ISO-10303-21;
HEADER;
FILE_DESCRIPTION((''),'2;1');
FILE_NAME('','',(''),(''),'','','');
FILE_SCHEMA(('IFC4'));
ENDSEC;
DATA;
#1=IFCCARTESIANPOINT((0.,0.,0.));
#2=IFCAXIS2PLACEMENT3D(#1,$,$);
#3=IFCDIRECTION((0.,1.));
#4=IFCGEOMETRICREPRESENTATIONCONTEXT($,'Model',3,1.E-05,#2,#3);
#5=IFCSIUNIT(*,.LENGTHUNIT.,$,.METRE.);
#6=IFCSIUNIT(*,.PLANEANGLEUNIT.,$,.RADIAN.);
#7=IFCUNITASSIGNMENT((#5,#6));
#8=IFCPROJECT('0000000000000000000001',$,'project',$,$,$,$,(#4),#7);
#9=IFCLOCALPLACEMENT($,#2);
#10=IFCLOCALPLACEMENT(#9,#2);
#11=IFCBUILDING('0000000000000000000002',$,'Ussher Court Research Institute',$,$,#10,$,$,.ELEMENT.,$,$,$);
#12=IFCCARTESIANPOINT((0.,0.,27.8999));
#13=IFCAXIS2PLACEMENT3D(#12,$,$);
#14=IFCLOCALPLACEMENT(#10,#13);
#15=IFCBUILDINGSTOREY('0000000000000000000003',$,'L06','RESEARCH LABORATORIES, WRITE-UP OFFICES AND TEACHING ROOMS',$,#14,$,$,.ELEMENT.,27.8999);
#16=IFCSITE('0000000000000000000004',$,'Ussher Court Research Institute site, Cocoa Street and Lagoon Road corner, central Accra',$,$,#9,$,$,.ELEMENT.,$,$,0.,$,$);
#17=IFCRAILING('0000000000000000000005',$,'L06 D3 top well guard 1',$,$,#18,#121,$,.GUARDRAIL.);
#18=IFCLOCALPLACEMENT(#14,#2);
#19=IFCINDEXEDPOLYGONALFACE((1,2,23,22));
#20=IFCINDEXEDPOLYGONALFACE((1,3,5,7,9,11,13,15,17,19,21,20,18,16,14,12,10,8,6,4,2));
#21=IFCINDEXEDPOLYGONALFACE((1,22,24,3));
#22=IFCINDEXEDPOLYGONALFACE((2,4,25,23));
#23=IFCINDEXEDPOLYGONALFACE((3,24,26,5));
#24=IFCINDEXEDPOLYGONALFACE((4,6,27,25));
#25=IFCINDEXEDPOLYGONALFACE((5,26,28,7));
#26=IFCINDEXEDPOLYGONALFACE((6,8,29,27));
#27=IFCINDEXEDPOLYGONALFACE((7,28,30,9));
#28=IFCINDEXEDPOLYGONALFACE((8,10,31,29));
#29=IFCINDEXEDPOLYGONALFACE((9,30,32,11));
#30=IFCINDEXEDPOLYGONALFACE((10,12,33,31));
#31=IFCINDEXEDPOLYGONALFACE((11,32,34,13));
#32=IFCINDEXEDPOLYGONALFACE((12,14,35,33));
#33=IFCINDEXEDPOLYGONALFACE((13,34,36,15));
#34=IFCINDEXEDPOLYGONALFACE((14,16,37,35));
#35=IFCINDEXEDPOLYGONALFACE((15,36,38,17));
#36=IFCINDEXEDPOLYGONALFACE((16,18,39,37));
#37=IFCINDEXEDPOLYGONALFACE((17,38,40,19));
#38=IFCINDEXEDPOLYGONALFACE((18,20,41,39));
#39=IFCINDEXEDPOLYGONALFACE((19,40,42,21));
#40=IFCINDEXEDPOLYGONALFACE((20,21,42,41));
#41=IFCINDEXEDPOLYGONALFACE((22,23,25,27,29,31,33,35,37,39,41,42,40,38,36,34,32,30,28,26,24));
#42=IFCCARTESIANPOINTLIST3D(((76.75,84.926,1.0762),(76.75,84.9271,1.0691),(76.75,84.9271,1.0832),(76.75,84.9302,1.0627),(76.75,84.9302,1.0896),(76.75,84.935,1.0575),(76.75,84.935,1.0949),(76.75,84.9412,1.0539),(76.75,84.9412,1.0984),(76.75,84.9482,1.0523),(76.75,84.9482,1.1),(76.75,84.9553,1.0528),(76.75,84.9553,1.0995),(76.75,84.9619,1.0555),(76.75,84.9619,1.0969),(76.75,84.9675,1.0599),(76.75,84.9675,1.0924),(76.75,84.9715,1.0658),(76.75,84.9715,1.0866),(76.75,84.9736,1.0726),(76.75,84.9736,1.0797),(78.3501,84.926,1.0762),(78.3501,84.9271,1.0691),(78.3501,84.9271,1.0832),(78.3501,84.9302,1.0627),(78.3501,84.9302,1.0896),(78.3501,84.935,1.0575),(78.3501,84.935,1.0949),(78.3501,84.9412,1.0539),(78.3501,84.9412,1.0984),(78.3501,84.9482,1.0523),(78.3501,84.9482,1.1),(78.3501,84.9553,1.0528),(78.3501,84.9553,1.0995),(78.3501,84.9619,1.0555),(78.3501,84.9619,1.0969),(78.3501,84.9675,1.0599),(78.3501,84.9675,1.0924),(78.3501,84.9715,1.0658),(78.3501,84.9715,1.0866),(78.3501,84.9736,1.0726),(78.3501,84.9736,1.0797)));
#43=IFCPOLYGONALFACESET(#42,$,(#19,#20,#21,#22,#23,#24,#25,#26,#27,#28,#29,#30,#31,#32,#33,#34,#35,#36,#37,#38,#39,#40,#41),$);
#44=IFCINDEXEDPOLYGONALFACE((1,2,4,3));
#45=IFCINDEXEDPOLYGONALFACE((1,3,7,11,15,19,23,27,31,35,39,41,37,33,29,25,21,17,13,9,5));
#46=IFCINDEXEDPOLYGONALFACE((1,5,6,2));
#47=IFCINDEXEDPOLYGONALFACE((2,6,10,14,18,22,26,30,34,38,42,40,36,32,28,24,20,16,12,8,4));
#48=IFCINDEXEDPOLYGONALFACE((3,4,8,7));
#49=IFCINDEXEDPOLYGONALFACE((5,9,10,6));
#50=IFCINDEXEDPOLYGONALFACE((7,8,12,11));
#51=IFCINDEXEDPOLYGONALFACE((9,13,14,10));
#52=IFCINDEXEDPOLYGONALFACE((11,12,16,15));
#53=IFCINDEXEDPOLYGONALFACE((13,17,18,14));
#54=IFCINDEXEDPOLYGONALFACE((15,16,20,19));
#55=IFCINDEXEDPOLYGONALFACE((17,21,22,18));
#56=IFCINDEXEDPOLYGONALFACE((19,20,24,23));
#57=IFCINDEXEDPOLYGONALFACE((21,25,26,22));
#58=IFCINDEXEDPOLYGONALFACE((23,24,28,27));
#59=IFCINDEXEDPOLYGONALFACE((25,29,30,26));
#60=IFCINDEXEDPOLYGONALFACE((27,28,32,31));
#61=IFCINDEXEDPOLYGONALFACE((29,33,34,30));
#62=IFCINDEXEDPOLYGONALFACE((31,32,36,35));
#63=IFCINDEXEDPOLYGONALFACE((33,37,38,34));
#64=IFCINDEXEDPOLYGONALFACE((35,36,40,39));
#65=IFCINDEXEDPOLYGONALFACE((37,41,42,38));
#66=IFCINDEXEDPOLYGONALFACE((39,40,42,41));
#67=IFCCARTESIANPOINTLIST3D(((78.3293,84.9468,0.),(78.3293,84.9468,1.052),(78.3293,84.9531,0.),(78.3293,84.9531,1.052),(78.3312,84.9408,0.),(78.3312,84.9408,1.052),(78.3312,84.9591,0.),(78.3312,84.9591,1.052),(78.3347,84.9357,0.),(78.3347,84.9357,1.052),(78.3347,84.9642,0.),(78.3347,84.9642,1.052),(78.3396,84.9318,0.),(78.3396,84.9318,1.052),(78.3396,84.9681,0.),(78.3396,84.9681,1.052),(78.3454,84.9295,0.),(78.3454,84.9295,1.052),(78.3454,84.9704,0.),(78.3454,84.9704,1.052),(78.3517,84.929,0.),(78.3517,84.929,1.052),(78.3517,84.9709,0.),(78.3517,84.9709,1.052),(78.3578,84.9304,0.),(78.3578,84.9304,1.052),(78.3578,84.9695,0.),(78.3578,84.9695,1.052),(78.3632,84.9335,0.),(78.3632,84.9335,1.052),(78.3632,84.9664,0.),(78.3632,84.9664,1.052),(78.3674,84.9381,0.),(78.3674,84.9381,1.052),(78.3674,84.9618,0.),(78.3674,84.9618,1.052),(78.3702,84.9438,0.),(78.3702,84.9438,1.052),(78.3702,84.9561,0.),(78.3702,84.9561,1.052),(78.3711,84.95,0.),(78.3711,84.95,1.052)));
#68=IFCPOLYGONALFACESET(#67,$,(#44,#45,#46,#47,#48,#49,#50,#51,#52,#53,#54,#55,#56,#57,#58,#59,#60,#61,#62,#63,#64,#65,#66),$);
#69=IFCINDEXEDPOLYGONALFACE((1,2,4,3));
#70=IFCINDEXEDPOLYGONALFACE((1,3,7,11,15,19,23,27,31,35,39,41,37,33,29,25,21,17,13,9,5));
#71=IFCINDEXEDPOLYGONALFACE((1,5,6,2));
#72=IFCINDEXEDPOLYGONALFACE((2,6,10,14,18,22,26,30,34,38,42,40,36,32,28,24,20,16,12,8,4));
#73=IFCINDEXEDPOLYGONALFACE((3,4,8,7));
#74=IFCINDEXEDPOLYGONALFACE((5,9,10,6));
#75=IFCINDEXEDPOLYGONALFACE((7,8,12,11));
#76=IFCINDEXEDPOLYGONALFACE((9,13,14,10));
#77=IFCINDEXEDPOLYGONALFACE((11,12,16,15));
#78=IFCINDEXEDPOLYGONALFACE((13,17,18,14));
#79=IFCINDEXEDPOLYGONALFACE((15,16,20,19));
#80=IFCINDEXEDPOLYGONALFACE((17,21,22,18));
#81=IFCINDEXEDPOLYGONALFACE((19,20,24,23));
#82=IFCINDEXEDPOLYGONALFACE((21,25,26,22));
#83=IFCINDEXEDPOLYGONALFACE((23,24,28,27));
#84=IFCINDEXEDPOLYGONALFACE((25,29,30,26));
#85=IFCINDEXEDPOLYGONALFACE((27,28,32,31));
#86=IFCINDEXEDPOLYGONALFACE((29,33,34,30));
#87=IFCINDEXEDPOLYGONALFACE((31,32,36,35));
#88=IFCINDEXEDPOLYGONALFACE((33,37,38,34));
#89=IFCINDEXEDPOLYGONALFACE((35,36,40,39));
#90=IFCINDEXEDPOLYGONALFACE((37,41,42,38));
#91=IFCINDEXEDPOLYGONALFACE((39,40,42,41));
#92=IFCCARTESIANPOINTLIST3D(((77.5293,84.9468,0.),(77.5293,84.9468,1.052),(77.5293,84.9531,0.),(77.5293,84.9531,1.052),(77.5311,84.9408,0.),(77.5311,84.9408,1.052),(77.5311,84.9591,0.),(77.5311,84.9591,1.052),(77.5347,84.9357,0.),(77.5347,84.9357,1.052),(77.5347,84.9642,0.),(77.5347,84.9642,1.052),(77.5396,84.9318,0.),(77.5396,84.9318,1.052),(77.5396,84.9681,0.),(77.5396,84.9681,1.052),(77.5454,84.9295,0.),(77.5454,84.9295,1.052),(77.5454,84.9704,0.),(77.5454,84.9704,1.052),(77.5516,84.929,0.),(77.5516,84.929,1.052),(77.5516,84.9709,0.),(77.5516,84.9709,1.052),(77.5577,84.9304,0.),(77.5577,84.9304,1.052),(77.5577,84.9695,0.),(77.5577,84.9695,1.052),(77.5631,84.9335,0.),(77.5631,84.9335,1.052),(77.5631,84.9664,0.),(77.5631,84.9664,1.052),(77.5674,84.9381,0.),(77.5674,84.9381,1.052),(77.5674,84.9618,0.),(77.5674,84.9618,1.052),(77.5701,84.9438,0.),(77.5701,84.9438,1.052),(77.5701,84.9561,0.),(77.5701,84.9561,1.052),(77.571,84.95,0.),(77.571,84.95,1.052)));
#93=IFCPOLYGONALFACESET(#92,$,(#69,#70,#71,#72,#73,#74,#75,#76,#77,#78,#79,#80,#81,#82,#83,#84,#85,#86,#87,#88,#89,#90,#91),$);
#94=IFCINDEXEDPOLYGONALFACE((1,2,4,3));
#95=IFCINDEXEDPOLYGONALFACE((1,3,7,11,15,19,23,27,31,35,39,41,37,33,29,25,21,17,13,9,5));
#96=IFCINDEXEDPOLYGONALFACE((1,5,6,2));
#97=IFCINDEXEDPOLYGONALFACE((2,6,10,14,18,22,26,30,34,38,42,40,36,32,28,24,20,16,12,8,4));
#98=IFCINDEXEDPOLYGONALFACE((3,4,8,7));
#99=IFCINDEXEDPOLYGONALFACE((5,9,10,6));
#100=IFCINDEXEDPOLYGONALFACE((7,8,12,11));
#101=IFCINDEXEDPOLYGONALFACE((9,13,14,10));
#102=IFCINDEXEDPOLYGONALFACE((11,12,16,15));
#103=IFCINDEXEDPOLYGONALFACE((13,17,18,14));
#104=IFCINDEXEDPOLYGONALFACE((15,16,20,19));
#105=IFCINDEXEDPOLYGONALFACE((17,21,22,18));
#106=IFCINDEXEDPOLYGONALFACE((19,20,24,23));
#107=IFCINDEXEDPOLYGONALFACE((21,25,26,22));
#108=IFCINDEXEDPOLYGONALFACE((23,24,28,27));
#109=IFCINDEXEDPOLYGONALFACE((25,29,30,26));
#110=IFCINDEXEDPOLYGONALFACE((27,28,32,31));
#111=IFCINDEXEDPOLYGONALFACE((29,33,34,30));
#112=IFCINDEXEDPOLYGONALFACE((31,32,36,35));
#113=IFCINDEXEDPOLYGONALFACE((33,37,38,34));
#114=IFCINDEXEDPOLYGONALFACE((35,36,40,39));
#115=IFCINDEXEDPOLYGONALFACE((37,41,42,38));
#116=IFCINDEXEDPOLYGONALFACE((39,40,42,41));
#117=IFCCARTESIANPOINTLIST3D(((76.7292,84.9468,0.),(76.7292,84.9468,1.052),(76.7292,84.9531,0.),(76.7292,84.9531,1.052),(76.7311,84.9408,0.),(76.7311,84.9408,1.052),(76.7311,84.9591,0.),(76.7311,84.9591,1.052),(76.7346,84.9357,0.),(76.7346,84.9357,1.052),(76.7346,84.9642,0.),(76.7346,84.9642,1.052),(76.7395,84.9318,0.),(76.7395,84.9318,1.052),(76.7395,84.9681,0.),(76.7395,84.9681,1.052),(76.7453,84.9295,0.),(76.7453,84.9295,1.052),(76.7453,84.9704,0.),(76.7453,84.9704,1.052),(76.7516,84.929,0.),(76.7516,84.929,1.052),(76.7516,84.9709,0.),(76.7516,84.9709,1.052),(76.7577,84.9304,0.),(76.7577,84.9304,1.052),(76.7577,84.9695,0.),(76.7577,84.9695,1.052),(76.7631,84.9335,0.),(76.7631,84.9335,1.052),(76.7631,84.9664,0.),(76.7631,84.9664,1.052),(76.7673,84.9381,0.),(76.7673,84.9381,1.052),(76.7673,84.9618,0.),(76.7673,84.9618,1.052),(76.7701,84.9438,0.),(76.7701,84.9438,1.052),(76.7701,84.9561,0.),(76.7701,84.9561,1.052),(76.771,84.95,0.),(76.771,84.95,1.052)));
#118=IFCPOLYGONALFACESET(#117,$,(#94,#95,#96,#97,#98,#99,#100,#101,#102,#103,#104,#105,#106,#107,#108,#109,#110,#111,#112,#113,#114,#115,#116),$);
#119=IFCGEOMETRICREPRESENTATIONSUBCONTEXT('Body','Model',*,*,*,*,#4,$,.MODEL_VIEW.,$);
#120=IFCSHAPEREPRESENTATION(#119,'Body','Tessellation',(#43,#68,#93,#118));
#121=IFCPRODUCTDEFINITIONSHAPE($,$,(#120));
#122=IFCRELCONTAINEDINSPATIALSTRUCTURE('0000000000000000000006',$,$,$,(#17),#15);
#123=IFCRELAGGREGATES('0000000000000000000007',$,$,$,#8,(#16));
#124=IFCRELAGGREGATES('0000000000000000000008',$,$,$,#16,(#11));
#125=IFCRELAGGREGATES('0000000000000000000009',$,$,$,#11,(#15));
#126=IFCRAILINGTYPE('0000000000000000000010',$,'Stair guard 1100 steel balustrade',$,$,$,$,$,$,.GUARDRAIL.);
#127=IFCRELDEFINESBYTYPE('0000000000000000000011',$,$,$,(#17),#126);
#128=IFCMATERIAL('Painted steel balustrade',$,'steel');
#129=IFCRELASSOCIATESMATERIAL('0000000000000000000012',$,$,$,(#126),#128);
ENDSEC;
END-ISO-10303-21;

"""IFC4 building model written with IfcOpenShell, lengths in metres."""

from ifc_helpers import new_model, si_unit, direction, frame, origin, origin_2d, place, context, subcontext, project, spatial, circle, extrude, material, type_object, element, save


model = new_model("IFC4")

# Units and contexts
model_context = context("Model", 3, precision=1e-05, world=origin(), true_north=direction((0.0, 1.0)))
body_context = subcontext(model_context, "Body", "Model", "MODEL_VIEW")
ifc_project = project(units=[si_unit("LENGTHUNIT", "METRE"), si_unit("PLANEANGLEUNIT", "RADIAN")], contexts=[model_context])

# Site, building, storey
site_placement = place(None, origin())
site = spatial("IfcSite", under=ifc_project, at=site_placement, Name="Ussher Court Research Institute site, Cocoa Street and Lagoon Road corner, central Accra", CompositionType="ELEMENT", RefElevation=0.0)
building_placement = place(site_placement, origin())
building = spatial("IfcBuilding", under=site, at=building_placement, Name="Ussher Court Research Institute", CompositionType="ELEMENT")
storey_placement = place(building_placement, frame((0.0, 0.0, 27.8999)))
storey = spatial("IfcBuildingStorey", under=building, at=storey_placement, Name="L06", Description="RESEARCH LABORATORIES, WRITE-UP OFFICES AND TEACHING ROOMS", CompositionType="ELEMENT", Elevation=27.8999)

# Railing
ifc_material_1 = material(Name="Painted steel balustrade", Category="steel")
railing_type = type_object("IfcRailingType", Name="Stair guard 1100 steel balustrade", PredefinedType="GUARDRAIL", material=ifc_material_1)
railing_placement = place(storey_placement, frame((78.3501, 84.95, 0.0)))
element("IfcRailing", 1, at=railing_placement, inside=storey, type_object=railing_type, Name="L06 D3 top well guard 1", PredefinedType="GUARDRAIL", context=body_context, shape_type="SweptSolid", body=[
    extrude(circle(Radius=0.0239, at=origin_2d()), frame((0.0, 0.0, 1.0762), z_axis=(-1.0, 0.0, 0.0), x_axis=(0.0, -1.0, 0.0)), (0.0, 0.0, 1.0), 1.6001),
    extrude(circle(Radius=0.021, at=origin_2d()), origin(), (0.0, 0.0, 1.0), 1.052),
    extrude(circle(Radius=0.021, at=origin_2d()), frame((-0.8, 0.0, 0.0)), (0.0, 0.0, 1.0), 1.052),
    extrude(circle(Radius=0.021, at=origin_2d()), frame((-1.6001, 0.0, 0.0)), (0.0, 0.0, 1.0), 1.052),
])

save(model, "model.ifc")
